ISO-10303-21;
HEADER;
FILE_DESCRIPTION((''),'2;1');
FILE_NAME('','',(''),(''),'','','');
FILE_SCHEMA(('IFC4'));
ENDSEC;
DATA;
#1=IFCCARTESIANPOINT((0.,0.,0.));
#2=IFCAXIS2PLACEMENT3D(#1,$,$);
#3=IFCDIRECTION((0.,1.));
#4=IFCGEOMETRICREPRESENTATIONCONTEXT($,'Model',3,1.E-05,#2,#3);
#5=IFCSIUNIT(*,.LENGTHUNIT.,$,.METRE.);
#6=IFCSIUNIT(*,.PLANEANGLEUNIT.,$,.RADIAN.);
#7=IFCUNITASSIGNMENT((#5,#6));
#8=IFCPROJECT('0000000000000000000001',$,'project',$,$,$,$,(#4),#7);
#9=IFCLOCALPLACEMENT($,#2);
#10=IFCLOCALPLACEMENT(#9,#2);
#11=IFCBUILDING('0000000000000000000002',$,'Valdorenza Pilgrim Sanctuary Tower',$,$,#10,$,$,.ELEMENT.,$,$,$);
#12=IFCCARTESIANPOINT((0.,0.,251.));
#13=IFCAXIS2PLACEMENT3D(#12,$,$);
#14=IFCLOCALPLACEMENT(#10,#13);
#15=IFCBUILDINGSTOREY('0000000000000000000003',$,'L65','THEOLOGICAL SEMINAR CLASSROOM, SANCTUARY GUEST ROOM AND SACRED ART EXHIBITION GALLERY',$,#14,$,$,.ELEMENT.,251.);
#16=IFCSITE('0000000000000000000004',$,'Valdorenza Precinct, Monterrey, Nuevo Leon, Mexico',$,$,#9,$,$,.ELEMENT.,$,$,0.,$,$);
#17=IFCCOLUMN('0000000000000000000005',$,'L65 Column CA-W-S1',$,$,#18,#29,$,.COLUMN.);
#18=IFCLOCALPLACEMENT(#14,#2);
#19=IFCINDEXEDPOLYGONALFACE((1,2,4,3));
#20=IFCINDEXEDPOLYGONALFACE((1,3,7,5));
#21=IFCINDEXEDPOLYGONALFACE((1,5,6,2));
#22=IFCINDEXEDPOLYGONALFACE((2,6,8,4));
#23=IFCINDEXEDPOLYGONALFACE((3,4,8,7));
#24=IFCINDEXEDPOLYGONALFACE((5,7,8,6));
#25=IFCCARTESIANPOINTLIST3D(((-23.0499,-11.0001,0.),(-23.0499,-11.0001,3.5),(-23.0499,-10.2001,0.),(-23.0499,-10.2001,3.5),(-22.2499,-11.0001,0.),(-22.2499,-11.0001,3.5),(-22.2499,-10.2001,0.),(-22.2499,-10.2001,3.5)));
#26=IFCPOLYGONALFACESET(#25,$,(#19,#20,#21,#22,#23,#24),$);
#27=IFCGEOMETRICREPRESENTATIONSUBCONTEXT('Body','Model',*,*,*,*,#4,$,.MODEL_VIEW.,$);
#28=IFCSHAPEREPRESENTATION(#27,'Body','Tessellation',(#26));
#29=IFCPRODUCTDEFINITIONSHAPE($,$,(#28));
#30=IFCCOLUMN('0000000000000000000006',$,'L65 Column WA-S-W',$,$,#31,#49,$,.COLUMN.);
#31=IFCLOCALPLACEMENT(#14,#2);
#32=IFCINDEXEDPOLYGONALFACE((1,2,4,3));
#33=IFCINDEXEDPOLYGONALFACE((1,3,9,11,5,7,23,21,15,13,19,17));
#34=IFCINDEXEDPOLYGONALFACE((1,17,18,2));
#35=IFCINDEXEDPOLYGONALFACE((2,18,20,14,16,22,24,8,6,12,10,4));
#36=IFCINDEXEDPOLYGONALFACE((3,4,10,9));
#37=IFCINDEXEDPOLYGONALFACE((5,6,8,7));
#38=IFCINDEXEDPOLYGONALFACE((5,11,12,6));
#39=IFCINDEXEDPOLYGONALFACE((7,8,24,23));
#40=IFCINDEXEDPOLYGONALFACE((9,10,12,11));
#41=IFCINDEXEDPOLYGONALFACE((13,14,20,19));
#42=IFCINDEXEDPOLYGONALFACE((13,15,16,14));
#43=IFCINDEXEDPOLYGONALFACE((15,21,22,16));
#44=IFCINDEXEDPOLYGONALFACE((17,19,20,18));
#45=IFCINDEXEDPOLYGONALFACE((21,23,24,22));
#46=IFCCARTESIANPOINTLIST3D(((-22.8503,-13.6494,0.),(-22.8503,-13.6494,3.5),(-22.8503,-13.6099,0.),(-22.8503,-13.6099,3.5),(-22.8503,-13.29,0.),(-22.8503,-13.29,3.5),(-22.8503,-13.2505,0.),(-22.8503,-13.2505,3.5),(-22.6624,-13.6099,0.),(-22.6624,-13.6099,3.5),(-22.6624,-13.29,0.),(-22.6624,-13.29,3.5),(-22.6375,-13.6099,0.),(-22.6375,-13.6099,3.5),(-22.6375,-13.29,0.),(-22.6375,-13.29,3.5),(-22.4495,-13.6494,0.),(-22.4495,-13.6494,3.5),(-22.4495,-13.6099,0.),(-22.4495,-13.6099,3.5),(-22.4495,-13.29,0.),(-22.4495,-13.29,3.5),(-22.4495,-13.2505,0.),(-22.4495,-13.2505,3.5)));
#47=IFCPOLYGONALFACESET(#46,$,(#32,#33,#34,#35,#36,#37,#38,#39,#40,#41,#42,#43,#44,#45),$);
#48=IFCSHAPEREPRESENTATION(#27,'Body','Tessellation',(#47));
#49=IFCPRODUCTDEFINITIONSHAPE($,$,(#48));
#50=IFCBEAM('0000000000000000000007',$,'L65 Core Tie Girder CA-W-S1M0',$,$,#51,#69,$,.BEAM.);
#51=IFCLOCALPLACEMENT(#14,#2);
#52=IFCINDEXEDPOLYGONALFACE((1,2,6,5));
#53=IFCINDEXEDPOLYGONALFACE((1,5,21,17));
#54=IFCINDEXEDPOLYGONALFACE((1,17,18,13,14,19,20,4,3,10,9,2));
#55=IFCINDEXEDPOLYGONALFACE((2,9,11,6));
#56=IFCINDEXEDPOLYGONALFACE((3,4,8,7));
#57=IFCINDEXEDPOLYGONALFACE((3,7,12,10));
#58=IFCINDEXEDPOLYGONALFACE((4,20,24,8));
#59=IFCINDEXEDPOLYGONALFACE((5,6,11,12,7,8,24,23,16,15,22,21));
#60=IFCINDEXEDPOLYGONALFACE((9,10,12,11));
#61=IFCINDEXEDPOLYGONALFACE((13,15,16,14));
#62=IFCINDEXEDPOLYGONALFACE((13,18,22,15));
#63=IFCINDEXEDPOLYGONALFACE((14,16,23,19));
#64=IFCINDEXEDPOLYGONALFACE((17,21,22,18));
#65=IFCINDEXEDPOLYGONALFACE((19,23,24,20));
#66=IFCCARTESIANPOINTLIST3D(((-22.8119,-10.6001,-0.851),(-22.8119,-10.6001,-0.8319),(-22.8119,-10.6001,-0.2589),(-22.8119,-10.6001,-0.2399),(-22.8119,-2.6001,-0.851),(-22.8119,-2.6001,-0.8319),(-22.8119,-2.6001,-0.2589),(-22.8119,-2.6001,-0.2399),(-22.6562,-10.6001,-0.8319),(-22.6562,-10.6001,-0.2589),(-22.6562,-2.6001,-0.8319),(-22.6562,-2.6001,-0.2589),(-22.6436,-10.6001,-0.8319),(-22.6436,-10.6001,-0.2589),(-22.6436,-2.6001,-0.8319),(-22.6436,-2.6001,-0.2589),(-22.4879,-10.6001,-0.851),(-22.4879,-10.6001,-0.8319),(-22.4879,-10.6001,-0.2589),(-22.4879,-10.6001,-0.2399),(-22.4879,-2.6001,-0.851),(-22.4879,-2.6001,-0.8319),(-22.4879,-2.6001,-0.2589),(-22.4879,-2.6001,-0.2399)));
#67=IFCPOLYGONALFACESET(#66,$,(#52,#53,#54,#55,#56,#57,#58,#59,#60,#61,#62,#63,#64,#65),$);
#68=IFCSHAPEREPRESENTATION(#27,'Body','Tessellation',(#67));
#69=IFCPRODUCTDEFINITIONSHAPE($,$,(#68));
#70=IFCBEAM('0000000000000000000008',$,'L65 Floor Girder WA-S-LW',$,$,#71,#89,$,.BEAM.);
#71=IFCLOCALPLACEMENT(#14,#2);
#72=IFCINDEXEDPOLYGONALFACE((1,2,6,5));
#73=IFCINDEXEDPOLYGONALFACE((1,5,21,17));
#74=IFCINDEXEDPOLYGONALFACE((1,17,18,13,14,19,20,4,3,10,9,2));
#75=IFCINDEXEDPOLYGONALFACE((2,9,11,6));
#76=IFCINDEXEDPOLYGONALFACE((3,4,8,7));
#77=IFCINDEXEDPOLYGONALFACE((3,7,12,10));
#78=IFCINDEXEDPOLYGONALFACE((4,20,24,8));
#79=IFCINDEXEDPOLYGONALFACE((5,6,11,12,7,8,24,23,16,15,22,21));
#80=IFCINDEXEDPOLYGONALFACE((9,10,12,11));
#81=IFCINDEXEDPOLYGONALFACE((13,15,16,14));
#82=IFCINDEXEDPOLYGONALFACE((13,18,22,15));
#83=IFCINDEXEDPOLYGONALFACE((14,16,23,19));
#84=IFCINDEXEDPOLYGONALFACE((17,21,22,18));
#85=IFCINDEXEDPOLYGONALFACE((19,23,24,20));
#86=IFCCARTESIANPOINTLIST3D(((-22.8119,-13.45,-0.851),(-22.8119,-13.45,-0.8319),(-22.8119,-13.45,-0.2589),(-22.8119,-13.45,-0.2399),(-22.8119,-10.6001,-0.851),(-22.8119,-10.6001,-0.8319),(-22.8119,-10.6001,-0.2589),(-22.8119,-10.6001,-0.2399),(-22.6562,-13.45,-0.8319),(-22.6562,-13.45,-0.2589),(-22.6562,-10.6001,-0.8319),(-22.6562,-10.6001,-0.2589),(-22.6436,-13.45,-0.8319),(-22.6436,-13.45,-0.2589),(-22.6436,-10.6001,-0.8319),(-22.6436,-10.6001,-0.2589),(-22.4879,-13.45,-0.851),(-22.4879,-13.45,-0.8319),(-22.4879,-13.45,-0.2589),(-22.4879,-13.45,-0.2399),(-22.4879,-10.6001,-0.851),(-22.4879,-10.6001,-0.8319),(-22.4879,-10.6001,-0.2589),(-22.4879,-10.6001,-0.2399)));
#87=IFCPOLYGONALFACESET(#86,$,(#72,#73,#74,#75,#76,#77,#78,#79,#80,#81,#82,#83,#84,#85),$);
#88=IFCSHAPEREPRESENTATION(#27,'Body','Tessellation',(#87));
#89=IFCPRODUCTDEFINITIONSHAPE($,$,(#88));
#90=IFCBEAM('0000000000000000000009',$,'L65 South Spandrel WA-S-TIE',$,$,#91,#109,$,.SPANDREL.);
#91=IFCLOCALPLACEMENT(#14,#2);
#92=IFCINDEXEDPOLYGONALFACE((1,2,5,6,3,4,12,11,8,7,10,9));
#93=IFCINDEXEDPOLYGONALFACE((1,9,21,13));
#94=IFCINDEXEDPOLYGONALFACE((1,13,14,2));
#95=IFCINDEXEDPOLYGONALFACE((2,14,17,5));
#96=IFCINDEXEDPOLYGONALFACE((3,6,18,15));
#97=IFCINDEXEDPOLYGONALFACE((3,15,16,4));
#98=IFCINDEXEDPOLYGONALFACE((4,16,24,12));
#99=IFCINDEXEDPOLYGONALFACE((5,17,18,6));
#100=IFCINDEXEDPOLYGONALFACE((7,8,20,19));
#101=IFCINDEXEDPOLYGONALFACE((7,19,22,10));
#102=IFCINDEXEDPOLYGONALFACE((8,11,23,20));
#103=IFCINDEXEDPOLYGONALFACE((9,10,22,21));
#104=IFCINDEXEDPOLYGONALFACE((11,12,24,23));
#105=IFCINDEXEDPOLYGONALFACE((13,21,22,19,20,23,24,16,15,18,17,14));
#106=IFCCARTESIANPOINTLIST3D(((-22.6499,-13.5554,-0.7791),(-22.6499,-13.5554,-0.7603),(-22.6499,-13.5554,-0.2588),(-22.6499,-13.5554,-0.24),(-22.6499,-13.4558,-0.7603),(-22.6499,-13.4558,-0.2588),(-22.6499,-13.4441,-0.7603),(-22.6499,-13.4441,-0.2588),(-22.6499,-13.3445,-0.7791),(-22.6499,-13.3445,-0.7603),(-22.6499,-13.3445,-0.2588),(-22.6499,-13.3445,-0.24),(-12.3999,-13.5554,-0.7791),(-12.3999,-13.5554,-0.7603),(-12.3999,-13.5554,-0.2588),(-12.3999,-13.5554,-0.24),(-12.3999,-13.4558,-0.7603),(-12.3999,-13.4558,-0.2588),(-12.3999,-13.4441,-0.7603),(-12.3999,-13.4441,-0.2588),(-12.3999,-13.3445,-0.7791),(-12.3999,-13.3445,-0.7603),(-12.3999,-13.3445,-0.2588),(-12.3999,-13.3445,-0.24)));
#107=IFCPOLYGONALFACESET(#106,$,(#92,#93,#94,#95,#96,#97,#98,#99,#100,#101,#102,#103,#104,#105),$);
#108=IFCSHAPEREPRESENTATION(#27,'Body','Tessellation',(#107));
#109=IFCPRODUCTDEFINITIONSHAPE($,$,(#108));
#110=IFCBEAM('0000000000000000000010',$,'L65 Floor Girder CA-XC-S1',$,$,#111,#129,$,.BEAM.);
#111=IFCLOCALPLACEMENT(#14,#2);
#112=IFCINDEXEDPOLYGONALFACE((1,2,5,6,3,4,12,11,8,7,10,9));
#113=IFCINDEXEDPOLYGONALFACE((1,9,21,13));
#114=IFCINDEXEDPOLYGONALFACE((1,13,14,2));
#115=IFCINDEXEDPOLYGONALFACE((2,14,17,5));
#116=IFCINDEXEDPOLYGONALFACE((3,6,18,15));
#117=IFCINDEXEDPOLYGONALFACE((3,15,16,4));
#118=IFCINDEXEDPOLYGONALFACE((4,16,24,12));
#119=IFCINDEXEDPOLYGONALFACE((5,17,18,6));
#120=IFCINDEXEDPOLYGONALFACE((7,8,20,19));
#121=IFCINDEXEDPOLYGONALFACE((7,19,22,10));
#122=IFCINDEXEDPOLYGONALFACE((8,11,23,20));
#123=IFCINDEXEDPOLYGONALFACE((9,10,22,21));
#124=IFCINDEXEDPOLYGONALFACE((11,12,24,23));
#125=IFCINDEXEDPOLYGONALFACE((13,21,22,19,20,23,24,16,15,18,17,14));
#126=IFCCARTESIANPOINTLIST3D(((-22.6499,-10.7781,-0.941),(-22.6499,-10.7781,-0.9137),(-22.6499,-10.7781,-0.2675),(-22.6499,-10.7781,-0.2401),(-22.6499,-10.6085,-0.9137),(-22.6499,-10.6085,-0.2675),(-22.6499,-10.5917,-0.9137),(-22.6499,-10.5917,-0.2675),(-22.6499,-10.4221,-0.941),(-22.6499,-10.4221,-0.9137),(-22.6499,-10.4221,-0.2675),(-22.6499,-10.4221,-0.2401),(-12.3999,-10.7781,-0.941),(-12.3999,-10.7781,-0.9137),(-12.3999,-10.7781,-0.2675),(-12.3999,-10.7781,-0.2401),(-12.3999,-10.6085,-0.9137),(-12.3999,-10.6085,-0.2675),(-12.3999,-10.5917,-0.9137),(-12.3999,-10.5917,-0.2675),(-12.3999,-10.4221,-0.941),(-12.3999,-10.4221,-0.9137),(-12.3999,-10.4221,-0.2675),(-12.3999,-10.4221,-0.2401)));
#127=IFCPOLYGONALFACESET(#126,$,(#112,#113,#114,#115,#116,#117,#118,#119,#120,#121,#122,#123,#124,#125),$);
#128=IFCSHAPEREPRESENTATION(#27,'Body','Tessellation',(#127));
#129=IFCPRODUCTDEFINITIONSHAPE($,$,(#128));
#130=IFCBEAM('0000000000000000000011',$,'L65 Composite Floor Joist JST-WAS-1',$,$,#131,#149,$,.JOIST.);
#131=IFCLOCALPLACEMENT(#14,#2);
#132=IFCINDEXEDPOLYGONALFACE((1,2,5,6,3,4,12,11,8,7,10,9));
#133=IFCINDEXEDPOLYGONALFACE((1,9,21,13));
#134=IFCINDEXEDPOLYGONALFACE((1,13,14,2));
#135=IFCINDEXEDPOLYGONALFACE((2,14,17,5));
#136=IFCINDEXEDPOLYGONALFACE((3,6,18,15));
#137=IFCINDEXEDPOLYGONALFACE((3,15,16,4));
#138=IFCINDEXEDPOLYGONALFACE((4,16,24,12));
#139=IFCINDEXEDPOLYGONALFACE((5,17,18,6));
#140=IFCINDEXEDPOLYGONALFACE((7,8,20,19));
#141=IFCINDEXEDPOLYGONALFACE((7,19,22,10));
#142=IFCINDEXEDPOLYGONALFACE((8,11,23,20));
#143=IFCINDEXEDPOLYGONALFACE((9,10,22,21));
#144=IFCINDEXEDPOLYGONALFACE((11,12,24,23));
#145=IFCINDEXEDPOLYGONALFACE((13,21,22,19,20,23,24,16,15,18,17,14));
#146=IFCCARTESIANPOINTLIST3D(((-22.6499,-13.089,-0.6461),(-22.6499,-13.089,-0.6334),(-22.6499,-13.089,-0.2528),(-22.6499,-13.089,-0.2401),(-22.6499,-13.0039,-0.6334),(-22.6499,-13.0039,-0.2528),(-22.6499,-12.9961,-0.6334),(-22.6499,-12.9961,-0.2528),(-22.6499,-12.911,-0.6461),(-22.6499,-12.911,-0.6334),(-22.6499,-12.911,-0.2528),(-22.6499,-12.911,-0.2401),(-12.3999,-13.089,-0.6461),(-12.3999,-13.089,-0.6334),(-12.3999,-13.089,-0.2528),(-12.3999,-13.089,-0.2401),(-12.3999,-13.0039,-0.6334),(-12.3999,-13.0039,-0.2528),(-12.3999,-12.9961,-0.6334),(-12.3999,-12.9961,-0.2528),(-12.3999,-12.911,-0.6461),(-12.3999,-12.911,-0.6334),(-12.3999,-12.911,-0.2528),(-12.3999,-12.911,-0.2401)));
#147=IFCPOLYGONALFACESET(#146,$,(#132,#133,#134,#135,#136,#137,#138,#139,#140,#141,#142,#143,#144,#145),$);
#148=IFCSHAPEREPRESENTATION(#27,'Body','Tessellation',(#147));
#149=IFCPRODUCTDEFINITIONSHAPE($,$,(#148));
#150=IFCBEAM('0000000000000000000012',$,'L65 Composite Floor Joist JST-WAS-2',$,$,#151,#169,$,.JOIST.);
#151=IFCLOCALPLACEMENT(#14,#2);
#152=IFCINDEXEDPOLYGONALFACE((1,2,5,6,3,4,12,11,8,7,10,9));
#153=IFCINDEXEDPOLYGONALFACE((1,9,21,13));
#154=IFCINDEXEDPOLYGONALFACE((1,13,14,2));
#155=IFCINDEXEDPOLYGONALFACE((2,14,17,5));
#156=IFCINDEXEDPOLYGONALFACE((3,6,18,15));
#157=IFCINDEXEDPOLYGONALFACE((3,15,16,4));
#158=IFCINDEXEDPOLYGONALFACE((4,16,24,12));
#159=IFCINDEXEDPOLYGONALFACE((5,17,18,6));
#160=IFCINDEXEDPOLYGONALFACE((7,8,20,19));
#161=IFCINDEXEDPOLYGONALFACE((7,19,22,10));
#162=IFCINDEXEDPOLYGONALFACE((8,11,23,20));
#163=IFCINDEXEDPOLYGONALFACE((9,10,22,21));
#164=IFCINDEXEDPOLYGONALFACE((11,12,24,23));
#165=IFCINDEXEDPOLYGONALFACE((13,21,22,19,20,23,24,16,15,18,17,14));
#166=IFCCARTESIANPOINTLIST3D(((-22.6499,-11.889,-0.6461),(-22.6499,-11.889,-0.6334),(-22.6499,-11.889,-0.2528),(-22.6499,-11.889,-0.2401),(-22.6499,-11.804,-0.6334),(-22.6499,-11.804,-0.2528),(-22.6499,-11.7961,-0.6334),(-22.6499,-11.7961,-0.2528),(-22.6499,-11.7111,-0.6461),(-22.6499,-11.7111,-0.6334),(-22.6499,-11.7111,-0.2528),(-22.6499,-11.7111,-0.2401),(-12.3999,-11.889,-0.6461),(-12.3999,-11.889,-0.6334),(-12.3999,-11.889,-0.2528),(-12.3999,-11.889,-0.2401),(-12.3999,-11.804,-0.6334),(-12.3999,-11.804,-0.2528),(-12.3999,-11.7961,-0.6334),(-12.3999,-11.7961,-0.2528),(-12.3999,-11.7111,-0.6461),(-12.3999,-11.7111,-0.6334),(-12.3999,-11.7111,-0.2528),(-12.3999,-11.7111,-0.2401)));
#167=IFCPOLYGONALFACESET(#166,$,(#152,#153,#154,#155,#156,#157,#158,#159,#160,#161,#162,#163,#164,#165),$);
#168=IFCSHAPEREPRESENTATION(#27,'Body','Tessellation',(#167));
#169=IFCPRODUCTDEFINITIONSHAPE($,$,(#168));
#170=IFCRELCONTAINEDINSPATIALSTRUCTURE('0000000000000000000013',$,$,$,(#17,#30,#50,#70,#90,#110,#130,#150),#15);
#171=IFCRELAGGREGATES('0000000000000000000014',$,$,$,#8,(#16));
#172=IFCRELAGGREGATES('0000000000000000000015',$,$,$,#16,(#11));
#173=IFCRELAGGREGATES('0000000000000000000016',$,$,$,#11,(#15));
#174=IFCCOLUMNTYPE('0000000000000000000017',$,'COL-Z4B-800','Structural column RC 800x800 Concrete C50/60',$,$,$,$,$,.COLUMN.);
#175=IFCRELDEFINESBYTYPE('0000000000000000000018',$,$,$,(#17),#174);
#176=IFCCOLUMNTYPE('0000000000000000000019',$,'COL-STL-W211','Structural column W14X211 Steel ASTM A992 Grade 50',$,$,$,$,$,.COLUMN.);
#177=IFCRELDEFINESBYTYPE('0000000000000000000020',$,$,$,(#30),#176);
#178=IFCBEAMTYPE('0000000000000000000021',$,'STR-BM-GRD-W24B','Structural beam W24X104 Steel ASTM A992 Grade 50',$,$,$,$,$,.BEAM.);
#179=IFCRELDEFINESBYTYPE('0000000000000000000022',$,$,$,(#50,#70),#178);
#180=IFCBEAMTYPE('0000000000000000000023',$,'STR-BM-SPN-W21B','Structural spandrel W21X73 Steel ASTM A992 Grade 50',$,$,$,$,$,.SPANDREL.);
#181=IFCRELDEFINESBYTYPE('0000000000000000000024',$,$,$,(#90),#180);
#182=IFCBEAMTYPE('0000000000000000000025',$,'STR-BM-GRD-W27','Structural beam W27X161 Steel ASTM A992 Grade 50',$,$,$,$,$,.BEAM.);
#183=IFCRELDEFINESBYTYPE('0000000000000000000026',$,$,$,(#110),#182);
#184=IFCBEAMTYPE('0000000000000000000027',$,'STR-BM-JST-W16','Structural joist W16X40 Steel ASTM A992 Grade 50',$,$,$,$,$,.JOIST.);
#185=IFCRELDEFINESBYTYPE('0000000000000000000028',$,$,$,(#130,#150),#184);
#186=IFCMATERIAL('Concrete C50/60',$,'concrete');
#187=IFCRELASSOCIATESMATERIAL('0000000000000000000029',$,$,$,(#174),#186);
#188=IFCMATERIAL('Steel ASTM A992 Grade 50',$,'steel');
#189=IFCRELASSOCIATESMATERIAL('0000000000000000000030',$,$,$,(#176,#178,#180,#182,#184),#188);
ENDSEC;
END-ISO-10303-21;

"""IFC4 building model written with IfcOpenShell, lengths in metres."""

from ifc_helpers import new_model, si_unit, direction, frame, origin, origin_2d, place, context, subcontext, project, spatial, rectangle, i_section, extrude, source, transform, mapped, material, material_profile, profile_set, type_object, element, save


model = new_model("IFC4")

# Units and contexts
model_context = context("Model", 3, precision=1e-05, world=origin(), true_north=direction((0.0, 1.0)))
body_context = subcontext(model_context, "Body", "Model", "MODEL_VIEW")
ifc_project = project(units=[si_unit("LENGTHUNIT", "METRE"), si_unit("PLANEANGLEUNIT", "RADIAN")], contexts=[model_context])

# Site, building, storey
site_placement = place(None, origin())
site = spatial("IfcSite", under=ifc_project, at=site_placement, Name="Valdorenza Precinct, Monterrey, Nuevo Leon, Mexico", CompositionType="ELEMENT", RefElevation=0.0)
building_placement = place(site_placement, origin())
building = spatial("IfcBuilding", under=site, at=building_placement, Name="Valdorenza Pilgrim Sanctuary Tower", CompositionType="ELEMENT")
storey_placement = place(building_placement, frame((0.0, 0.0, 251.0)))
storey = spatial("IfcBuildingStorey", under=building, at=storey_placement, Name="L65", Description="THEOLOGICAL SEMINAR CLASSROOM, SANCTUARY GUEST ROOM AND SACRED ART EXHIBITION GALLERY", CompositionType="ELEMENT", Elevation=251.0)

# Columns
ifc_material_1 = material(Name="Concrete C50/60", Category="concrete")
ifc_material_profile_1 = material_profile(ifc_material_1, rectangle(XDim=0.8, YDim=0.8, at=origin_2d()), Name="RC 800x800")
ifc_profile_set_1 = profile_set([ifc_material_profile_1], Name="Concrete C50/60")
column_type_1 = type_object("IfcColumnType", Name="COL-Z4B-800", Description="Structural column RC 800x800 Concrete C50/60", PredefinedType="COLUMN", material=ifc_profile_set_1)
shared_shape_1 = source(origin(), body_context, "Body", "SweptSolid", [
    extrude(rectangle(XDim=0.8, YDim=0.8, at=origin_2d()), origin(), (0.0, 0.0, 1.0), 3.5),
])
column_1_placement = place(storey_placement, frame((-22.6499, -10.6001, 0.0), z_axis=(0.0, 0.0, 1.0), x_axis=(1.0, 0.0, 0.0)))
element("IfcColumn", 1, at=column_1_placement, inside=storey, type_object=column_type_1, Name="L65 Column CA-W-S1", PredefinedType="COLUMN", context=body_context, shape_type="MappedRepresentation", body=[
    mapped(shared_shape_1, transform((0.0, 0.0, 0.0), x_axis=(1.0, 0.0, 0.0), y_axis=(0.0, 1.0, 0.0), z_axis=(0.0, 0.0, 1.0), scale=1.0)),
])
ifc_material_2 = material(Name="Steel ASTM A992 Grade 50", Category="steel")
ifc_material_profile_2 = material_profile(ifc_material_2, i_section(OverallWidth=0.4009, OverallDepth=0.3989, WebThickness=0.0249, FlangeThickness=0.0396, at=origin_2d()), Name="W14X211")
ifc_profile_set_2 = profile_set([ifc_material_profile_2], Name="Steel ASTM A992 Grade 50")
column_type_2 = type_object("IfcColumnType", Name="COL-STL-W211", Description="Structural column W14X211 Steel ASTM A992 Grade 50", PredefinedType="COLUMN", material=ifc_profile_set_2)
shared_shape_2 = source(origin(), body_context, "Body", "SweptSolid", [
    extrude(i_section(OverallWidth=0.4009, OverallDepth=0.3989, WebThickness=0.0249, FlangeThickness=0.0396, at=origin_2d()), origin(), (0.0, 0.0, 1.0), 3.5),
])
column_2_placement = place(storey_placement, frame((-22.6499, -13.45, 0.0), z_axis=(0.0, 0.0, 1.0), x_axis=(1.0, 0.0, 0.0)))
element("IfcColumn", 2, at=column_2_placement, inside=storey, type_object=column_type_2, Name="L65 Column WA-S-W", PredefinedType="COLUMN", context=body_context, shape_type="MappedRepresentation", body=[
    mapped(shared_shape_2, transform((0.0, 0.0, 0.0), x_axis=(1.0, 0.0, 0.0), y_axis=(0.0, 1.0, 0.0), z_axis=(0.0, 0.0, 1.0), scale=1.0)),
])

# Beams
ifc_material_profile_3 = material_profile(ifc_material_2, i_section(OverallWidth=0.324, OverallDepth=0.6111, WebThickness=0.0127, FlangeThickness=0.019, at=origin_2d()), Name="W24X104")
ifc_profile_set_3 = profile_set([ifc_material_profile_3], Name="Steel ASTM A992 Grade 50")
beam_type_1 = type_object("IfcBeamType", Name="STR-BM-GRD-W24B", Description="Structural beam W24X104 Steel ASTM A992 Grade 50", PredefinedType="BEAM", material=ifc_profile_set_3)
shared_shape_3 = source(origin(), body_context, "Body", "SweptSolid", [
    extrude(i_section(OverallWidth=0.324, OverallDepth=0.6111, WebThickness=0.0127, FlangeThickness=0.019, at=origin_2d()), origin(), (0.0, 0.0, 1.0), 8.0),
])
beam_1_placement = place(storey_placement, frame((-22.6499, -10.6001, -0.5454), z_axis=(0.0, 1.0, 0.0), x_axis=(-1.0, 0.0, 0.0)))
element("IfcBeam", 3, at=beam_1_placement, inside=storey, type_object=beam_type_1, Name="L65 Core Tie Girder CA-W-S1M0", PredefinedType="BEAM", context=body_context, shape_type="MappedRepresentation", body=[
    mapped(shared_shape_3, transform((0.0, 0.0, 0.0), x_axis=(1.0, 0.0, 0.0), y_axis=(0.0, 1.0, 0.0), z_axis=(0.0, 0.0, 1.0), scale=1.0)),
])
shared_shape_4 = source(origin(), body_context, "Body", "SweptSolid", [
    extrude(i_section(OverallWidth=0.324, OverallDepth=0.6111, WebThickness=0.0127, FlangeThickness=0.019, at=origin_2d()), origin(), (0.0, 0.0, 1.0), 2.8499),
])
beam_2_placement = place(storey_placement, frame((-22.6499, -13.45, -0.5454), z_axis=(0.0, 1.0, 0.0), x_axis=(-1.0, 0.0, 0.0)))
element("IfcBeam", 4, at=beam_2_placement, inside=storey, type_object=beam_type_1, Name="L65 Floor Girder WA-S-LW", PredefinedType="BEAM", context=body_context, shape_type="MappedRepresentation", body=[
    mapped(shared_shape_4, transform((0.0, 0.0, 0.0), x_axis=(1.0, 0.0, 0.0), y_axis=(0.0, 1.0, 0.0), z_axis=(0.0, 0.0, 1.0), scale=1.0)),
])
ifc_material_profile_4 = material_profile(ifc_material_2, i_section(OverallWidth=0.2109, OverallDepth=0.5391, WebThickness=0.0117, FlangeThickness=0.0188, at=origin_2d()), Name="W21X73")
ifc_profile_set_4 = profile_set([ifc_material_profile_4], Name="Steel ASTM A992 Grade 50")
beam_type_2 = type_object("IfcBeamType", Name="STR-BM-SPN-W21B", Description="Structural spandrel W21X73 Steel ASTM A992 Grade 50", PredefinedType="SPANDREL", material=ifc_profile_set_4)
shared_shape_5 = source(origin(), body_context, "Body", "SweptSolid", [
    extrude(i_section(OverallWidth=0.2109, OverallDepth=0.5391, WebThickness=0.0117, FlangeThickness=0.0188, at=origin_2d()), origin(), (0.0, 0.0, 1.0), 10.25),
])
beam_3_placement = place(storey_placement, frame((-22.6499, -13.45, -0.5095), z_axis=(1.0, 0.0, 0.0), x_axis=(0.0, 1.0, 0.0)))
element("IfcBeam", 5, at=beam_3_placement, inside=storey, type_object=beam_type_2, Name="L65 South Spandrel WA-S-TIE", PredefinedType="SPANDREL", context=body_context, shape_type="MappedRepresentation", body=[
    mapped(shared_shape_5, transform((0.0, 0.0, 0.0), x_axis=(1.0, 0.0, 0.0), y_axis=(0.0, 1.0, 0.0), z_axis=(0.0, 0.0, 1.0), scale=1.0)),
])
ifc_material_profile_5 = material_profile(ifc_material_2, i_section(OverallWidth=0.356, OverallDepth=0.7009, WebThickness=0.0168, FlangeThickness=0.0273, at=origin_2d()), Name="W27X161")
ifc_profile_set_5 = profile_set([ifc_material_profile_5], Name="Steel ASTM A992 Grade 50")
beam_type_3 = type_object("IfcBeamType", Name="STR-BM-GRD-W27", Description="Structural beam W27X161 Steel ASTM A992 Grade 50", PredefinedType="BEAM", material=ifc_profile_set_5)
shared_shape_6 = source(origin(), body_context, "Body", "SweptSolid", [
    extrude(i_section(OverallWidth=0.356, OverallDepth=0.7009, WebThickness=0.0168, FlangeThickness=0.0273, at=origin_2d()), origin(), (0.0, 0.0, 1.0), 10.25),
])
beam_4_placement = place(storey_placement, frame((-22.6499, -10.6001, -0.5906), z_axis=(1.0, 0.0, 0.0), x_axis=(0.0, 1.0, 0.0)))
element("IfcBeam", 6, at=beam_4_placement, inside=storey, type_object=beam_type_3, Name="L65 Floor Girder CA-XC-S1", PredefinedType="BEAM", context=body_context, shape_type="MappedRepresentation", body=[
    mapped(shared_shape_6, transform((0.0, 0.0, 0.0), x_axis=(1.0, 0.0, 0.0), y_axis=(0.0, 1.0, 0.0), z_axis=(0.0, 0.0, 1.0), scale=1.0)),
])
ifc_material_profile_6 = material_profile(ifc_material_2, i_section(OverallWidth=0.178, OverallDepth=0.406, WebThickness=0.0078, FlangeThickness=0.0127, at=origin_2d()), Name="W16X40")
ifc_profile_set_6 = profile_set([ifc_material_profile_6], Name="Steel ASTM A992 Grade 50")
beam_type_4 = type_object("IfcBeamType", Name="STR-BM-JST-W16", Description="Structural joist W16X40 Steel ASTM A992 Grade 50", PredefinedType="JOIST", material=ifc_profile_set_6)
shared_shape_7 = source(origin(), body_context, "Body", "SweptSolid", [
    extrude(i_section(OverallWidth=0.178, OverallDepth=0.406, WebThickness=0.0078, FlangeThickness=0.0127, at=origin_2d()), origin(), (0.0, 0.0, 1.0), 10.25),
])
for number, where, z_axis, x_axis, name in (
    (7, (-22.6499, -13.0, -0.4431), (1.0, 0.0, 0.0), (0.0, 1.0, 0.0), "L65 Composite Floor Joist JST-WAS-1"),
    (8, (-22.6499, -11.8, -0.4431), (1.0, 0.0, 0.0), (0.0, 1.0, 0.0), "L65 Composite Floor Joist JST-WAS-2"),
):
    element("IfcBeam", number, at=place(storey_placement, frame(where, z_axis=z_axis, x_axis=x_axis)), inside=storey, type_object=beam_type_4, Name=name, PredefinedType="JOIST", context=body_context, shape_type="MappedRepresentation", body=[
        mapped(shared_shape_7, transform((0.0, 0.0, 0.0), x_axis=(1.0, 0.0, 0.0), y_axis=(0.0, 1.0, 0.0), z_axis=(0.0, 0.0, 1.0), scale=1.0)),
    ])

save(model, "model.ifc")
